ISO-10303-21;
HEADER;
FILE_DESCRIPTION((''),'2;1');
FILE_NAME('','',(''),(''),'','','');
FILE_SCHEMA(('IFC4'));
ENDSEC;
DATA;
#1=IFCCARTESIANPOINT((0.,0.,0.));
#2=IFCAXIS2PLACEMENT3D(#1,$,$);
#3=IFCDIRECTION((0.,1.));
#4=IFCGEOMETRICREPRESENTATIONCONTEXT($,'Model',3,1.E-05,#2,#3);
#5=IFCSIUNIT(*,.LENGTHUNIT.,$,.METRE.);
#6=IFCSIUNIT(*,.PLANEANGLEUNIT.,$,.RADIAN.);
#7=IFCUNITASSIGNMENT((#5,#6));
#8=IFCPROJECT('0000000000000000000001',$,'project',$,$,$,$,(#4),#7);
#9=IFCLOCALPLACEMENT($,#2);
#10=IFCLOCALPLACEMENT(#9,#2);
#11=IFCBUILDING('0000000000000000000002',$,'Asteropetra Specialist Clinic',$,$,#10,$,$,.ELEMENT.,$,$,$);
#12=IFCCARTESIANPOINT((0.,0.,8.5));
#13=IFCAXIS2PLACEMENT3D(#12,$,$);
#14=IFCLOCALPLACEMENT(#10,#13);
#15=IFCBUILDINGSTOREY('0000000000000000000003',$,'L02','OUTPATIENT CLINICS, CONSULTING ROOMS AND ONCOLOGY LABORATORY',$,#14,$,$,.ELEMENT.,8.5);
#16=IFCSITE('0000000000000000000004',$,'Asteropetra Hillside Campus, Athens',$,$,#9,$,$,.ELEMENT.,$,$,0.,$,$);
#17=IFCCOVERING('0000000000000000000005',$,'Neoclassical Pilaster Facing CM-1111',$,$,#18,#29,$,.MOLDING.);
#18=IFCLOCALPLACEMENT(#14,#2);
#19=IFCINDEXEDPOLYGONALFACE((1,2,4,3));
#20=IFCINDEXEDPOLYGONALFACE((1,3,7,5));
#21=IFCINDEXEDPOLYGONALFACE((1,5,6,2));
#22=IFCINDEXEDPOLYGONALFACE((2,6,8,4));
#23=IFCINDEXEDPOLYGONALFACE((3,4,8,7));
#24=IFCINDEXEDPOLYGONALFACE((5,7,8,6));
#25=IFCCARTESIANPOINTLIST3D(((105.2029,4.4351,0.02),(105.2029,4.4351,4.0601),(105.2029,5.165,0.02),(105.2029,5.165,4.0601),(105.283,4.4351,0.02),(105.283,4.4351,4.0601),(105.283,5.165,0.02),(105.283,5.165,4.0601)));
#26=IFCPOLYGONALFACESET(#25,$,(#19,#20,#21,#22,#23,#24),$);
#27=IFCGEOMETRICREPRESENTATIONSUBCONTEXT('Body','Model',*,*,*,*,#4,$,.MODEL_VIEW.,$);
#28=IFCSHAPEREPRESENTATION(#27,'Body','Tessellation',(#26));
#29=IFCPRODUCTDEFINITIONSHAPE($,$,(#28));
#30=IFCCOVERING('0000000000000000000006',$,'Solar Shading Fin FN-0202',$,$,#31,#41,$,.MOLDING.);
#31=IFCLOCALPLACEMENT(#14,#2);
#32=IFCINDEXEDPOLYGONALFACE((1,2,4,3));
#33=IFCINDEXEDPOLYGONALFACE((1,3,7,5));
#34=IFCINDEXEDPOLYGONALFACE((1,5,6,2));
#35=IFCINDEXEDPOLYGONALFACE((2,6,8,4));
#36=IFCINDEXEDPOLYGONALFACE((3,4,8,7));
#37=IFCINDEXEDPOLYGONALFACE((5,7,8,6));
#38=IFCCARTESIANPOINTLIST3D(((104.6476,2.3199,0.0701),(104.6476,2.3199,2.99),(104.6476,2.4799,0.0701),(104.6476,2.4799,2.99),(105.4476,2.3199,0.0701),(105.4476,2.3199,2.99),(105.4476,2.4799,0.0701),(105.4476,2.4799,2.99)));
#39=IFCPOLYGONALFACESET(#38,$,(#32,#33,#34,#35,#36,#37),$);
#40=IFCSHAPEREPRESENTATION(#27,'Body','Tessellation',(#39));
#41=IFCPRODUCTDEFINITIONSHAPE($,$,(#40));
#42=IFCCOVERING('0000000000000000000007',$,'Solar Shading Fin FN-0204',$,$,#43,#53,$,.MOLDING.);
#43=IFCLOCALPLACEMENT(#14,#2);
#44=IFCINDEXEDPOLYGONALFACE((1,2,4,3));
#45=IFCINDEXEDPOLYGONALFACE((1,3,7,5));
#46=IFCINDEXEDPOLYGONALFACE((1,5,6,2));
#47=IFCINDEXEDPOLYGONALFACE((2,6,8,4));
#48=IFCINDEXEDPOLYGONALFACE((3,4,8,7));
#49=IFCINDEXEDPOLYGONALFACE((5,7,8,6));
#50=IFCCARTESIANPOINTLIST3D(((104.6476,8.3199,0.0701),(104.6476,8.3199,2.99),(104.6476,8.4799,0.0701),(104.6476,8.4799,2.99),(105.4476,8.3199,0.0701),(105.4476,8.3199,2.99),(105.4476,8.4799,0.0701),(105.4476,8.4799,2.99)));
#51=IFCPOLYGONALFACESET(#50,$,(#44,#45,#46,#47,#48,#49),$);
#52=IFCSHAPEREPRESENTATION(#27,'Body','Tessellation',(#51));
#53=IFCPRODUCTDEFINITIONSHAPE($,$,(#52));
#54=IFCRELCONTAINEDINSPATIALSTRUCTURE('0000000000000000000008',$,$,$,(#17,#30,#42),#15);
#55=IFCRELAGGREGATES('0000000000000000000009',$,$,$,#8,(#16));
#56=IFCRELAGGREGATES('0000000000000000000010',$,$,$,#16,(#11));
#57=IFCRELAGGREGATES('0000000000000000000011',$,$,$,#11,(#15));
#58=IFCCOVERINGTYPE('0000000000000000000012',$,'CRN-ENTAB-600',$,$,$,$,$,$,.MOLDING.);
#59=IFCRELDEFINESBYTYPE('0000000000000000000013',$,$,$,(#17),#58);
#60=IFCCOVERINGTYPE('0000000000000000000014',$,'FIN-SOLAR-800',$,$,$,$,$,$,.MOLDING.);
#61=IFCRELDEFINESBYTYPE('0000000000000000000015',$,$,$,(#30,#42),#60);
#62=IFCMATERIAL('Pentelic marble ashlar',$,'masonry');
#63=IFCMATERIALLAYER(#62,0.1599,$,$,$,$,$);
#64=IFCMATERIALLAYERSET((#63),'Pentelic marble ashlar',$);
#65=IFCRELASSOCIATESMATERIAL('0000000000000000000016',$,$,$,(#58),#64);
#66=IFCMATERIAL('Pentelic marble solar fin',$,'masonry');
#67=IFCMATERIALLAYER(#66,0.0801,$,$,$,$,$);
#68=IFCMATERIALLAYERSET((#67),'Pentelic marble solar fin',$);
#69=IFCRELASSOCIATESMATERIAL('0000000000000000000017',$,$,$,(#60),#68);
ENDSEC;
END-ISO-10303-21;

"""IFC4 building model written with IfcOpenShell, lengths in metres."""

from ifc_helpers import new_model, si_unit, direction, frame, origin, origin_2d, place, context, subcontext, project, spatial, rectangle, extrude, material, layer, layer_set, type_object, element, save


model = new_model("IFC4")

# Units and contexts
model_context = context("Model", 3, precision=1e-05, world=origin(), true_north=direction((0.0, 1.0)))
body_context = subcontext(model_context, "Body", "Model", "MODEL_VIEW")
ifc_project = project(units=[si_unit("LENGTHUNIT", "METRE"), si_unit("PLANEANGLEUNIT", "RADIAN")], contexts=[model_context])

# Site, building, storey
site_placement = place(None, origin())
site = spatial("IfcSite", under=ifc_project, at=site_placement, Name="Asteropetra Hillside Campus, Athens", CompositionType="ELEMENT", RefElevation=0.0)
building_placement = place(site_placement, origin())
building = spatial("IfcBuilding", under=site, at=building_placement, Name="Asteropetra Specialist Clinic", CompositionType="ELEMENT")
storey_placement = place(building_placement, frame((0.0, 0.0, 8.5)))
storey = spatial("IfcBuildingStorey", under=building, at=storey_placement, Name="L02", Description="OUTPATIENT CLINICS, CONSULTING ROOMS AND ONCOLOGY LABORATORY", CompositionType="ELEMENT", Elevation=8.5)

# Coverings
ifc_material_1 = material(Name="Pentelic marble ashlar", Category="masonry")
ifc_layer_1 = layer(ifc_material_1, 0.1599)
ifc_layer_set_1 = layer_set([ifc_layer_1], Name="Pentelic marble ashlar")
covering_type_1 = type_object("IfcCoveringType", Name="CRN-ENTAB-600", PredefinedType="MOLDING", material=ifc_layer_set_1)
for number, where, z_axis, x_axis, name in (
    (1, (105.2429, 4.8, 0.02), (0.0, 0.0, 1.0), (1.0, 0.0, 0.0), "Neoclassical Pilaster Facing CM-1111"),
):
    element("IfcCovering", number, at=place(storey_placement, frame(where, z_axis=z_axis, x_axis=x_axis)), inside=storey, type_object=covering_type_1, Name=name, PredefinedType="MOLDING", context=body_context, shape_type="SweptSolid", body=[
        extrude(rectangle(XDim=0.0801, YDim=0.73, at=origin_2d()), origin(), (0.0, 0.0, 1.0), 4.04),
    ])
ifc_material_2 = material(Name="Pentelic marble solar fin", Category="masonry")
ifc_layer_2 = layer(ifc_material_2, 0.0801)
ifc_layer_set_2 = layer_set([ifc_layer_2], Name="Pentelic marble solar fin")
covering_type_2 = type_object("IfcCoveringType", Name="FIN-SOLAR-800", PredefinedType="MOLDING", material=ifc_layer_set_2)
for number, where, z_axis, x_axis, name in (
    (2, (105.0476, 2.3999, 0.0701), (0.0, 0.0, 1.0), (1.0, 0.0, 0.0), "Solar Shading Fin FN-0202"),
    (3, (105.0476, 8.3999, 0.0701), (0.0, 0.0, 1.0), (1.0, 0.0, 0.0), "Solar Shading Fin FN-0204"),
):
    element("IfcCovering", number, at=place(storey_placement, frame(where, z_axis=z_axis, x_axis=x_axis)), inside=storey, type_object=covering_type_2, Name=name, PredefinedType="MOLDING", context=body_context, shape_type="SweptSolid", body=[
        extrude(rectangle(XDim=0.8, YDim=0.1599, at=origin_2d()), origin(), (0.0, 0.0, 1.0), 2.9199),
    ])

save(model, "model.ifc")
